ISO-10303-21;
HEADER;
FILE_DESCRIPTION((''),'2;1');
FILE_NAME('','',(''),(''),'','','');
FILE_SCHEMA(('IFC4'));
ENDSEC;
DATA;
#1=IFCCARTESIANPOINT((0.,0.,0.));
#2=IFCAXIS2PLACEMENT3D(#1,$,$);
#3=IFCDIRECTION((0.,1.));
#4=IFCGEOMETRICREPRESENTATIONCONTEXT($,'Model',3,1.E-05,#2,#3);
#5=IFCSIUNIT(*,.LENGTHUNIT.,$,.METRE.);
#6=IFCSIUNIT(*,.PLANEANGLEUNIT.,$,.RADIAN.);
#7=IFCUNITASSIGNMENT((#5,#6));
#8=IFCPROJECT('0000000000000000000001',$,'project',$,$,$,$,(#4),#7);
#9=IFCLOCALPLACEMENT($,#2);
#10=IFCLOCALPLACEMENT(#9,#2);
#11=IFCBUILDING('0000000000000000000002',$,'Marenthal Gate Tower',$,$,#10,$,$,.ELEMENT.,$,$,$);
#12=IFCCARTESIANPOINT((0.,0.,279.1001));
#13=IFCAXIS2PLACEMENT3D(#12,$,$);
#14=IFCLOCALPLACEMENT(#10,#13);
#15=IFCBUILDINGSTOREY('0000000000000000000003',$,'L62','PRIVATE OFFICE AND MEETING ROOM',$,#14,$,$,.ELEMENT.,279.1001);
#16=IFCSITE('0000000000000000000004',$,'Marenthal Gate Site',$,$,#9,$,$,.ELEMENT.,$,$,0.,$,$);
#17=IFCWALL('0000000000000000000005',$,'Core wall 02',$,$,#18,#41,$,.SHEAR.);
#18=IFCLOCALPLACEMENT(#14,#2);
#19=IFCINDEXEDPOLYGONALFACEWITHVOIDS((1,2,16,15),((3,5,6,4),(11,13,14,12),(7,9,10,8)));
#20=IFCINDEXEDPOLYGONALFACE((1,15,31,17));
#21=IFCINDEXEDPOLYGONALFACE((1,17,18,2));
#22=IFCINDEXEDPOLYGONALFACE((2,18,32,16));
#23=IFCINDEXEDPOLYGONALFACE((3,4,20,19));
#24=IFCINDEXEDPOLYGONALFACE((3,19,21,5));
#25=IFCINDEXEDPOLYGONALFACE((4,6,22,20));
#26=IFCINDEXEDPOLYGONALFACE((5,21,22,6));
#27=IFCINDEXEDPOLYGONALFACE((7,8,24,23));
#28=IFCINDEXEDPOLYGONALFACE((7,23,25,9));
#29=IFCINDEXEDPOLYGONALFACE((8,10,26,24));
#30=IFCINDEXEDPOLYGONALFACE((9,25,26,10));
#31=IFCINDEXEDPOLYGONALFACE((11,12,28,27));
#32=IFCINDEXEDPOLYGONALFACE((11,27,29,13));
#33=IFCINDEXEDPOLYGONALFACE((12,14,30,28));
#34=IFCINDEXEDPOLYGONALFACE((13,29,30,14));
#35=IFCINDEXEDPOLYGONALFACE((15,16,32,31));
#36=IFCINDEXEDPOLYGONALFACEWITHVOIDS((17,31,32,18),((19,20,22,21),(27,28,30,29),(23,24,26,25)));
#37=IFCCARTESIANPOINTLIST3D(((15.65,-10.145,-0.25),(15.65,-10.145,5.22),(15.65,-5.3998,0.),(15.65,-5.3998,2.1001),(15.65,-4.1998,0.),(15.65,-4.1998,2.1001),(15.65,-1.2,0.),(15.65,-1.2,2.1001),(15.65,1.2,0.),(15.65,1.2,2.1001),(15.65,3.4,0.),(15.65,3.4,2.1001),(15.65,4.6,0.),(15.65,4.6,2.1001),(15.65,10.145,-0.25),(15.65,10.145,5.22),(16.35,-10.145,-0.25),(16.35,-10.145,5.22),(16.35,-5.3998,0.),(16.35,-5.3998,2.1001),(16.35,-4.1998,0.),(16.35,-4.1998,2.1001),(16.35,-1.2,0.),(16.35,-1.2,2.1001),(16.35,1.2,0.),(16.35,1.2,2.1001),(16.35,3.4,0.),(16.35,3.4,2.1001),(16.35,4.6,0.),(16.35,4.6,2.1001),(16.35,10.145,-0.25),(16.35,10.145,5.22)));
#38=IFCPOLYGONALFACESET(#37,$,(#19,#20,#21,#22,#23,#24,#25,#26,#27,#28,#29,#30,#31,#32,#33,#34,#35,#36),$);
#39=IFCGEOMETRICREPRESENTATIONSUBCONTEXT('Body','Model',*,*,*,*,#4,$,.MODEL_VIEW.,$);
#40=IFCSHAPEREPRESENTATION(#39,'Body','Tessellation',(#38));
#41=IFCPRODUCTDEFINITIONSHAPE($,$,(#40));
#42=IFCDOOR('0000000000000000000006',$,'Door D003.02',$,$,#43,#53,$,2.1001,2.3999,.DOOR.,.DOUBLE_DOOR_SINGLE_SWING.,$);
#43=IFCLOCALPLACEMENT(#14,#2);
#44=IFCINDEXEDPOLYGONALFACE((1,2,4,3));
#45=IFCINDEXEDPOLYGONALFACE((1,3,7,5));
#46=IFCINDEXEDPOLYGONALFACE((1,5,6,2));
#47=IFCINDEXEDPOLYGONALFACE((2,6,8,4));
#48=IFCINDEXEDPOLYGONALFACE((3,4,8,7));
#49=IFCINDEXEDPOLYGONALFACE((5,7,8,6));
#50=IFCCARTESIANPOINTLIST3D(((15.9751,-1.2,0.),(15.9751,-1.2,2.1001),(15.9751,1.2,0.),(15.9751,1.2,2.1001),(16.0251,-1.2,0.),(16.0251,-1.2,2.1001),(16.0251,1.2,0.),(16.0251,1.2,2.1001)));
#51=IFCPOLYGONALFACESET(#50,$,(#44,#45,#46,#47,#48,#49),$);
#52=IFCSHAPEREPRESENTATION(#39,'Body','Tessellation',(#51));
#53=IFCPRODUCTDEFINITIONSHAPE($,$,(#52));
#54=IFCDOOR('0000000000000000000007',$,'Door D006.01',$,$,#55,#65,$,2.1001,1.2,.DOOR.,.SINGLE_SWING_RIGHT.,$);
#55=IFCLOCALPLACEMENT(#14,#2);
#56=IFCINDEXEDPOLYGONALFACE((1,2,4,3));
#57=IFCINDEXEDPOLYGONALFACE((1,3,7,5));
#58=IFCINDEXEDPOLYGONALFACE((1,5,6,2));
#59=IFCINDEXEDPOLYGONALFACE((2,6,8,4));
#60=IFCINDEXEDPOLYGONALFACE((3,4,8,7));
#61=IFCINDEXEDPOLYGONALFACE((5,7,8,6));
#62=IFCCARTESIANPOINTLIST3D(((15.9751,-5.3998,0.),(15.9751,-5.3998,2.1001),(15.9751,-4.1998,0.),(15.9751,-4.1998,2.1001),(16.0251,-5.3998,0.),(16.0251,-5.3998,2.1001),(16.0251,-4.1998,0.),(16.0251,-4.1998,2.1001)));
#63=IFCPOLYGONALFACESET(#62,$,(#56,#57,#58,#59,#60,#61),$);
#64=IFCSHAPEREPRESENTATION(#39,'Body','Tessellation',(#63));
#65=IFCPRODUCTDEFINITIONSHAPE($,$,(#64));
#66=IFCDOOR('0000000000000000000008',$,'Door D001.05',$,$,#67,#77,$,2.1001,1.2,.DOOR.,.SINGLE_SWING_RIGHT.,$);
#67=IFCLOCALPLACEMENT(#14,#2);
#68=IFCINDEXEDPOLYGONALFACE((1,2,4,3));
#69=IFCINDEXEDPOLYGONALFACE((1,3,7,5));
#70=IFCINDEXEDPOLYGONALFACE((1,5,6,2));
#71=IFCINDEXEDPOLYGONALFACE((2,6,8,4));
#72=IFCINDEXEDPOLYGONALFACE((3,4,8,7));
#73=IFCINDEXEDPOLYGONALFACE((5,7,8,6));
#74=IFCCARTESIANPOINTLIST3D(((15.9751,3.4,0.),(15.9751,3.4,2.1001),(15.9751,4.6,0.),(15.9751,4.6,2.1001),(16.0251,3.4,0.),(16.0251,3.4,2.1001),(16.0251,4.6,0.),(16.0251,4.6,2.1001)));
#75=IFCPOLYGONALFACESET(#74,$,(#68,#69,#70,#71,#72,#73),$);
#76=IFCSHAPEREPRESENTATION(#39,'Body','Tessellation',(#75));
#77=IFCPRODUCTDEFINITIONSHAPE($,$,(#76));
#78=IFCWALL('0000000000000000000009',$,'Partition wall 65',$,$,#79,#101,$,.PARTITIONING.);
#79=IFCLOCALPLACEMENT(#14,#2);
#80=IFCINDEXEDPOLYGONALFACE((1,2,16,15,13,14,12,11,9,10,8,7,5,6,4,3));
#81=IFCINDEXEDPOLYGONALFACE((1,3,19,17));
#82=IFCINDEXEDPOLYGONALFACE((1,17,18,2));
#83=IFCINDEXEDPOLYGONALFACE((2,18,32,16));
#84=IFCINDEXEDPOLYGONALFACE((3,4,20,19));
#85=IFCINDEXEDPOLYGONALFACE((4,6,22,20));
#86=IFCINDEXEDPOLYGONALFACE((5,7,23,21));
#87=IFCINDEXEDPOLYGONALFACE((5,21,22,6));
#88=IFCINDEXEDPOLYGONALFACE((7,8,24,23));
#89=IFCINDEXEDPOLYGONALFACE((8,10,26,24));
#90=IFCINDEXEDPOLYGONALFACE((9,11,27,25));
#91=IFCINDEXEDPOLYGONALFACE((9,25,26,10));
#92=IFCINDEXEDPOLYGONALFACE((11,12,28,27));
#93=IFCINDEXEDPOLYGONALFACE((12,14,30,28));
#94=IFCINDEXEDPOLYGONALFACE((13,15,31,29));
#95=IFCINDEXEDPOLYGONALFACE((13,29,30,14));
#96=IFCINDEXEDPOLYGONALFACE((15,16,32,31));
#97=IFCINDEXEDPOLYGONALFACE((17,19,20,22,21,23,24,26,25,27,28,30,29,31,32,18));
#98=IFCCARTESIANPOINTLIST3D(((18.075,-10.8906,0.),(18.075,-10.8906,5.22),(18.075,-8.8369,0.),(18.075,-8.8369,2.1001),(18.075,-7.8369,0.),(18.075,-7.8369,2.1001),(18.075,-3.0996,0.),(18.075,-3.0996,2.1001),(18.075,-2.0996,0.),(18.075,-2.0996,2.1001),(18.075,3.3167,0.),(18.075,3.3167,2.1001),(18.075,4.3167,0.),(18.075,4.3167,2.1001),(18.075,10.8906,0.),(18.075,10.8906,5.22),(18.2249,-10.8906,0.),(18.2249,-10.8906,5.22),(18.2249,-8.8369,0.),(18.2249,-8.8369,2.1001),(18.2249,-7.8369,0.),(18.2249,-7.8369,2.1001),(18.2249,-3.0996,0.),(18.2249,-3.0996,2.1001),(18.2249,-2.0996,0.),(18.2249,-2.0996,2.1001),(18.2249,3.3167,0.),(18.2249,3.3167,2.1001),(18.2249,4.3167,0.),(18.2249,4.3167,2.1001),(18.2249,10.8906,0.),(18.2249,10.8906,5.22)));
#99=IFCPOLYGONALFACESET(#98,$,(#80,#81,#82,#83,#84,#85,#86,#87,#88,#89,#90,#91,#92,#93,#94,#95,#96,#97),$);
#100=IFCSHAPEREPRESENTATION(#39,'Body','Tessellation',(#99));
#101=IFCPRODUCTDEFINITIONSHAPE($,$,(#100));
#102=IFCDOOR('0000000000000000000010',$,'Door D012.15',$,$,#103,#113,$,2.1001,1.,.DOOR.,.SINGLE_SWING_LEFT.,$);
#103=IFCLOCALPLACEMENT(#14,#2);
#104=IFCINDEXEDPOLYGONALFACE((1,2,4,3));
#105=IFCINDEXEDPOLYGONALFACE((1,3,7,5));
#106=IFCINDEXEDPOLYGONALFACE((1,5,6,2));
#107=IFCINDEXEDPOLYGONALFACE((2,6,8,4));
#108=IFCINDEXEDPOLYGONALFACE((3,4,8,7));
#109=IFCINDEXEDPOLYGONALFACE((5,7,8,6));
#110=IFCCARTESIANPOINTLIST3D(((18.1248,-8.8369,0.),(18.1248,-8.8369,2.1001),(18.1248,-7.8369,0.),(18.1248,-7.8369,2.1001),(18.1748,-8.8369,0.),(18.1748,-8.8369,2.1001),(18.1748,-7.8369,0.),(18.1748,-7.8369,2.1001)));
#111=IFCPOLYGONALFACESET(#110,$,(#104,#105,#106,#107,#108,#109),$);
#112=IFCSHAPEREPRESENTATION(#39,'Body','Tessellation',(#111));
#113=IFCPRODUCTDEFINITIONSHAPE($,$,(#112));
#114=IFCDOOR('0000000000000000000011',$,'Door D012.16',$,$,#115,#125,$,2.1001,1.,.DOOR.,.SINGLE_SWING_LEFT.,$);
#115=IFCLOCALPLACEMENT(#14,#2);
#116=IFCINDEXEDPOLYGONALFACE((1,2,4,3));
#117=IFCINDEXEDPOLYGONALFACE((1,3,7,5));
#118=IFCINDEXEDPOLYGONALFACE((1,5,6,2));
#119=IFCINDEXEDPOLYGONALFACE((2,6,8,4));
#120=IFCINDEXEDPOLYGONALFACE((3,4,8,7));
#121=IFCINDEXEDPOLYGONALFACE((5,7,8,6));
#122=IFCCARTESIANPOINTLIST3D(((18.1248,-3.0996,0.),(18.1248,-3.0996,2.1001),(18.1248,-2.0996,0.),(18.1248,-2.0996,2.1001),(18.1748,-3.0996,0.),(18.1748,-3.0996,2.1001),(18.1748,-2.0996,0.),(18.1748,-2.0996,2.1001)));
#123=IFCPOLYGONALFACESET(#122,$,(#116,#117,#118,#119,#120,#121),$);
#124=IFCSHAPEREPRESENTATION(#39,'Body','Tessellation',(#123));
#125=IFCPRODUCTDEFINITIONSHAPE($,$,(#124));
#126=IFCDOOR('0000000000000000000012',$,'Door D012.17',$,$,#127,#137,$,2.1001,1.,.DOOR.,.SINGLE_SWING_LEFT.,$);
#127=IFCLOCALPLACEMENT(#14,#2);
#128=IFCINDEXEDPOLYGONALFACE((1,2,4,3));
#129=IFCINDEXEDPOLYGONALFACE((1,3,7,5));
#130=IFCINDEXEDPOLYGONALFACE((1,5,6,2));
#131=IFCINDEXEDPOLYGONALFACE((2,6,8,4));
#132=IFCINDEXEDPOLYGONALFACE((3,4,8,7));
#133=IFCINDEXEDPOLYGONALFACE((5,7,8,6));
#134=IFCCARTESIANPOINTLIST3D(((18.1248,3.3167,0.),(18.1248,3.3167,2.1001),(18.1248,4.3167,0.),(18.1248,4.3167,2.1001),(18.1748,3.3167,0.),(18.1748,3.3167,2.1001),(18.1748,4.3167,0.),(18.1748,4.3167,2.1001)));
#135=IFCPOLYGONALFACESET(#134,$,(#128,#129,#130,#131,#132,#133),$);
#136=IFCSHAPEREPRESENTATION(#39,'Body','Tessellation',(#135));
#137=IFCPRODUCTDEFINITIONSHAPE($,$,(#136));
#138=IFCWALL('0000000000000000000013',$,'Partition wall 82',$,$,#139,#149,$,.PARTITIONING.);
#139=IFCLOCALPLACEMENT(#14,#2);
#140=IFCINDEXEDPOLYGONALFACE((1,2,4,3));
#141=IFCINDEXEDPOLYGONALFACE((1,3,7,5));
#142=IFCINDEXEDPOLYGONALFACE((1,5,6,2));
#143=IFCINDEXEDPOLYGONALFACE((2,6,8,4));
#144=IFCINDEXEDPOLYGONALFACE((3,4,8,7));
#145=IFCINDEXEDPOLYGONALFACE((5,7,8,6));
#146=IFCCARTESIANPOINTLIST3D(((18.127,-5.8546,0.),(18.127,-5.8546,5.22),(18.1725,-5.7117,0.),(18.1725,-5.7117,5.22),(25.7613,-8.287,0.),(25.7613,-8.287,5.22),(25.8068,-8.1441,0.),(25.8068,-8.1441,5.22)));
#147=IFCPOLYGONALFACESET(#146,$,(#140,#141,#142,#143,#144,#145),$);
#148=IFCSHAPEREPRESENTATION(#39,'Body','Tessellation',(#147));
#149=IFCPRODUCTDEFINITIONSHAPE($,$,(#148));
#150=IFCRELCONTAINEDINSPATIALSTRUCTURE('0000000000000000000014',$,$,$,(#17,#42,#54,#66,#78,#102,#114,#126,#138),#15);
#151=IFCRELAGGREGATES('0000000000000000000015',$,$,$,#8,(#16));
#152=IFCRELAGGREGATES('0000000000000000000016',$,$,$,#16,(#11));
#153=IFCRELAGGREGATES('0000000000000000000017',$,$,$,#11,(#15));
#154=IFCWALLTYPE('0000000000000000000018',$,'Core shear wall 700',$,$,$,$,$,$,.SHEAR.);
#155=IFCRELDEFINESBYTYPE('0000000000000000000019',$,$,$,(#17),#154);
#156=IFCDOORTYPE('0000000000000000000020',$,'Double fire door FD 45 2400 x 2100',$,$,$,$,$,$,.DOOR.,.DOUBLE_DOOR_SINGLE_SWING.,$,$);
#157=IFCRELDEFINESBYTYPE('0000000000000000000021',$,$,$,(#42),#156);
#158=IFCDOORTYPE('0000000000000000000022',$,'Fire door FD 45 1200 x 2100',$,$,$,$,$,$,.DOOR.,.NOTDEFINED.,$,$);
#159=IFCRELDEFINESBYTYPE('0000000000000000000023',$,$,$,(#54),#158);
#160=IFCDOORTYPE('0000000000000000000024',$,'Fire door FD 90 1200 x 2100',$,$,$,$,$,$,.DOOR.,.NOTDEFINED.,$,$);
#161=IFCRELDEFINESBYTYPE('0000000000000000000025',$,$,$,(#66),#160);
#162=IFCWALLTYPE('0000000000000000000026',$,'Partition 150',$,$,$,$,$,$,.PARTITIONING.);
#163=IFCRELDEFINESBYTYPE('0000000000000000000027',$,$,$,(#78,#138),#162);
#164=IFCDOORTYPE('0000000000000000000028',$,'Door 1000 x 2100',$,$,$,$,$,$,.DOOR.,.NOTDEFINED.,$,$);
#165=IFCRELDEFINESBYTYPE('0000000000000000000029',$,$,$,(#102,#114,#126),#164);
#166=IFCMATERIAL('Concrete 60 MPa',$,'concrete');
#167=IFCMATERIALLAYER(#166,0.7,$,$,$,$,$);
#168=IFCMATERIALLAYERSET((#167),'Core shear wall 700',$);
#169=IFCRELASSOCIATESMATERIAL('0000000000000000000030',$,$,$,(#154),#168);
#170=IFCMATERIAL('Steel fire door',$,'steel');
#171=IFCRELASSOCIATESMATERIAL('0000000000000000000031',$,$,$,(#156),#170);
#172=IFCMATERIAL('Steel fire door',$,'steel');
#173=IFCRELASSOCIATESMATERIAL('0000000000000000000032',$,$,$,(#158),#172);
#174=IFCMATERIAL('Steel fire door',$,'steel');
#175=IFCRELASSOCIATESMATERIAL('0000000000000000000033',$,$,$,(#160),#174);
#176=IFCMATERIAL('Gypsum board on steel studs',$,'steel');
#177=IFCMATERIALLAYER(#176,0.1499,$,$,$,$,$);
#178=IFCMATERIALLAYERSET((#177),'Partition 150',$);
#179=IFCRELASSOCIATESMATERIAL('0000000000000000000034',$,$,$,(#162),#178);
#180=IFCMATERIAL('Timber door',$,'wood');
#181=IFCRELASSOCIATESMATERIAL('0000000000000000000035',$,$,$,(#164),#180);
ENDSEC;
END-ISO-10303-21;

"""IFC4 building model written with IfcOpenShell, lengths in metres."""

from ifc_helpers import new_model, si_unit, direction, frame, frame_2d, origin, place, context, subcontext, project, spatial, rectangle, extrude, material, layer, layer_set, type_object, element, fill, save


model = new_model("IFC4")

# Units and contexts
model_context = context("Model", 3, precision=1e-05, world=origin(), true_north=direction((0.0, 1.0)))
body_context = subcontext(model_context, "Body", "Model", "MODEL_VIEW")
ifc_project = project(units=[si_unit("LENGTHUNIT", "METRE"), si_unit("PLANEANGLEUNIT", "RADIAN")], contexts=[model_context])

# Site, building, storey
site_placement = place(None, origin())
site = spatial("IfcSite", under=ifc_project, at=site_placement, Name="Marenthal Gate Site", CompositionType="ELEMENT", RefElevation=0.0)
building_placement = place(site_placement, origin())
building = spatial("IfcBuilding", under=site, at=building_placement, Name="Marenthal Gate Tower", CompositionType="ELEMENT")
storey_placement = place(building_placement, frame((0.0, 0.0, 279.1001)))
storey = spatial("IfcBuildingStorey", under=building, at=storey_placement, Name="L62", Description="PRIVATE OFFICE AND MEETING ROOM", CompositionType="ELEMENT", Elevation=279.1001)

# Walls, openings, doors
ifc_material_1 = material(Name="Concrete 60 MPa", Category="concrete")
ifc_layer_1 = layer(ifc_material_1, 0.7)
ifc_layer_set_1 = layer_set([ifc_layer_1], Name="Core shear wall 700")
wall_type_1 = type_object("IfcWallType", Name="Core shear wall 700", PredefinedType="SHEAR", material=ifc_layer_set_1)
wall_1_placement = place(storey_placement, frame((16.0, -10.145, -0.25), z_axis=(0.0, 0.0, 1.0), x_axis=(0.0, 1.0, 0.0)))
wall_1 = element("IfcWall", 1, at=wall_1_placement, inside=storey, type_object=wall_type_1, Name="Core wall 02", PredefinedType="SHEAR", context=body_context, shape_type="SweptSolid", body=[
    extrude(rectangle(XDim=20.29, YDim=0.7, at=frame_2d((10.145, 0.0))), origin(), (0.0, 0.0, 1.0), 5.47),
])
opening_1_placement = place(wall_1_placement, frame((8.9451, 0.0, 0.25)))
opening_1 = element("IfcOpeningElement", 2, at=opening_1_placement, cuts=wall_1, PredefinedType="OPENING", context=body_context, shape_type="SweptSolid", body=[
    extrude(rectangle(XDim=2.3999, YDim=2.1001, at=frame_2d((1.2, 1.05))), frame((0.0, 0.3599, 0.0), z_axis=(0.0, -1.0, 0.0), x_axis=(1.0, 0.0, 0.0)), (0.0, 0.0, 1.0), 0.72),
])
opening_2_placement = place(wall_1_placement, frame((13.5449, 0.0, 0.25)))
opening_2 = element("IfcOpeningElement", 3, at=opening_2_placement, cuts=wall_1, PredefinedType="OPENING", context=body_context, shape_type="SweptSolid", body=[
    extrude(rectangle(XDim=1.2, YDim=2.1001, at=frame_2d((0.6001, 1.05))), frame((0.0, 0.3599, 0.0), z_axis=(0.0, -1.0, 0.0), x_axis=(1.0, 0.0, 0.0)), (0.0, 0.0, 1.0), 0.72),
])
opening_3_placement = place(wall_1_placement, frame((4.7451, 0.0, 0.25)))
opening_3 = element("IfcOpeningElement", 4, at=opening_3_placement, cuts=wall_1, PredefinedType="OPENING", context=body_context, shape_type="SweptSolid", body=[
    extrude(rectangle(XDim=1.2, YDim=2.1001, at=frame_2d((0.6001, 1.05))), frame((0.0, 0.3599, 0.0), z_axis=(0.0, -1.0, 0.0), x_axis=(1.0, 0.0, 0.0)), (0.0, 0.0, 1.0), 0.72),
])
ifc_material_2 = material(Name="Steel fire door", Category="steel")
door_type_1 = type_object("IfcDoorType", Name="Double fire door FD 45 2400 x 2100", OperationType="DOUBLE_DOOR_SINGLE_SWING", PredefinedType="DOOR", material=ifc_material_2)
door_1_placement = place(opening_1_placement, origin())
door_1 = element("IfcDoor", 5, at=door_1_placement, inside=storey, type_object=door_type_1, Name="Door D003.02", OperationType="DOUBLE_DOOR_SINGLE_SWING", OverallHeight=2.1001, OverallWidth=2.3999, PredefinedType="DOOR", context=body_context, shape_type="SweptSolid", body=[
    extrude(rectangle(XDim=2.3999, YDim=2.1001, at=frame_2d((1.2, 1.05))), frame((0.0, 0.0249, 0.0), z_axis=(0.0, -1.0, 0.0), x_axis=(1.0, 0.0, 0.0)), (0.0, 0.0, 1.0), 0.05),
])
fill(opening_1, door_1)
ifc_material_3 = material(Name="Steel fire door", Category="steel")
door_type_2 = type_object("IfcDoorType", Name="Fire door FD 45 1200 x 2100", OperationType="NOTDEFINED", PredefinedType="DOOR", material=ifc_material_3)
door_2_placement = place(opening_3_placement, origin())
door_2 = element("IfcDoor", 6, at=door_2_placement, inside=storey, type_object=door_type_2, Name="Door D006.01", OperationType="SINGLE_SWING_RIGHT", OverallHeight=2.1001, OverallWidth=1.2, PredefinedType="DOOR", context=body_context, shape_type="SweptSolid", body=[
    extrude(rectangle(XDim=1.2, YDim=2.1001, at=frame_2d((0.6001, 1.05))), frame((0.0, 0.0249, 0.0), z_axis=(0.0, -1.0, 0.0), x_axis=(1.0, 0.0, 0.0)), (0.0, 0.0, 1.0), 0.05),
])
fill(opening_3, door_2)
ifc_material_4 = material(Name="Steel fire door", Category="steel")
door_type_3 = type_object("IfcDoorType", Name="Fire door FD 90 1200 x 2100", OperationType="NOTDEFINED", PredefinedType="DOOR", material=ifc_material_4)
door_3_placement = place(opening_2_placement, origin())
door_3 = element("IfcDoor", 7, at=door_3_placement, inside=storey, type_object=door_type_3, Name="Door D001.05", OperationType="SINGLE_SWING_RIGHT", OverallHeight=2.1001, OverallWidth=1.2, PredefinedType="DOOR", context=body_context, shape_type="SweptSolid", body=[
    extrude(rectangle(XDim=1.2, YDim=2.1001, at=frame_2d((0.6001, 1.05))), frame((0.0, 0.0249, 0.0), z_axis=(0.0, -1.0, 0.0), x_axis=(1.0, 0.0, 0.0)), (0.0, 0.0, 1.0), 0.05),
])
fill(opening_2, door_3)
ifc_material_5 = material(Name="Gypsum board on steel studs", Category="steel")
ifc_layer_2 = layer(ifc_material_5, 0.1499)
ifc_layer_set_2 = layer_set([ifc_layer_2], Name="Partition 150")
wall_type_2 = type_object("IfcWallType", Name="Partition 150", PredefinedType="PARTITIONING", material=ifc_layer_set_2)
wall_2_placement = place(storey_placement, frame((18.1499, -10.8906, 0.0), z_axis=(0.0, 0.0, 1.0), x_axis=(0.0, 1.0, 0.0)))
wall_2 = element("IfcWall", 8, at=wall_2_placement, inside=storey, type_object=wall_type_2, Name="Partition wall 65", PredefinedType="PARTITIONING", context=body_context, shape_type="SweptSolid", body=[
    extrude(rectangle(XDim=21.7812, YDim=0.1499, at=frame_2d((10.8906, 0.0))), origin(), (0.0, 0.0, 1.0), 5.22),
])
opening_4_placement = place(wall_2_placement, frame((2.0537, 0.0, 0.0)))
opening_4 = element("IfcOpeningElement", 9, at=opening_4_placement, cuts=wall_2, PredefinedType="OPENING", context=body_context, shape_type="SweptSolid", body=[
    extrude(rectangle(XDim=1.0, YDim=2.1001, at=frame_2d((0.5, 1.05))), frame((0.0, 0.085, 0.0), z_axis=(0.0, -1.0, 0.0), x_axis=(1.0, 0.0, 0.0)), (0.0, 0.0, 1.0), 0.1699),
])
opening_5_placement = place(wall_2_placement, frame((7.791, 0.0, 0.0)))
opening_5 = element("IfcOpeningElement", 10, at=opening_5_placement, cuts=wall_2, PredefinedType="OPENING", context=body_context, shape_type="SweptSolid", body=[
    extrude(rectangle(XDim=1.0, YDim=2.1001, at=frame_2d((0.5, 1.05))), frame((0.0, 0.085, 0.0), z_axis=(0.0, -1.0, 0.0), x_axis=(1.0, 0.0, 0.0)), (0.0, 0.0, 1.0), 0.1699),
])
opening_6_placement = place(wall_2_placement, frame((14.2073, 0.0, 0.0)))
opening_6 = element("IfcOpeningElement", 11, at=opening_6_placement, cuts=wall_2, PredefinedType="OPENING", context=body_context, shape_type="SweptSolid", body=[
    extrude(rectangle(XDim=1.0, YDim=2.1001, at=frame_2d((0.5, 1.05))), frame((0.0, 0.085, 0.0), z_axis=(0.0, -1.0, 0.0), x_axis=(1.0, 0.0, 0.0)), (0.0, 0.0, 1.0), 0.1699),
])
ifc_material_6 = material(Name="Timber door", Category="wood")
door_type_4 = type_object("IfcDoorType", Name="Door 1000 x 2100", OperationType="NOTDEFINED", PredefinedType="DOOR", material=ifc_material_6)
door_4_placement = place(opening_4_placement, frame((1.0, 0.0, 0.0), z_axis=(0.0, 0.0, 1.0), x_axis=(-1.0, 0.0, 0.0)))
door_4 = element("IfcDoor", 12, at=door_4_placement, inside=storey, type_object=door_type_4, Name="Door D012.15", OperationType="SINGLE_SWING_LEFT", OverallHeight=2.1001, OverallWidth=1.0, PredefinedType="DOOR", context=body_context, shape_type="SweptSolid", body=[
    extrude(rectangle(XDim=1.0, YDim=2.1001, at=frame_2d((0.5, 1.05))), frame((0.0, 0.0249, 0.0), z_axis=(0.0, -1.0, 0.0), x_axis=(1.0, 0.0, 0.0)), (0.0, 0.0, 1.0), 0.05),
])
fill(opening_4, door_4)
door_5_placement = place(opening_5_placement, frame((1.0, 0.0, 0.0), z_axis=(0.0, 0.0, 1.0), x_axis=(-1.0, 0.0, 0.0)))
door_5 = element("IfcDoor", 13, at=door_5_placement, inside=storey, type_object=door_type_4, Name="Door D012.16", OperationType="SINGLE_SWING_LEFT", OverallHeight=2.1001, OverallWidth=1.0, PredefinedType="DOOR", context=body_context, shape_type="SweptSolid", body=[
    extrude(rectangle(XDim=1.0, YDim=2.1001, at=frame_2d((0.5, 1.05))), frame((0.0, 0.0249, 0.0), z_axis=(0.0, -1.0, 0.0), x_axis=(1.0, 0.0, 0.0)), (0.0, 0.0, 1.0), 0.05),
])
fill(opening_5, door_5)
door_6_placement = place(opening_6_placement, frame((1.0, 0.0, 0.0), z_axis=(0.0, 0.0, 1.0), x_axis=(-1.0, 0.0, 0.0)))
door_6 = element("IfcDoor", 14, at=door_6_placement, inside=storey, type_object=door_type_4, Name="Door D012.17", OperationType="SINGLE_SWING_LEFT", OverallHeight=2.1001, OverallWidth=1.0, PredefinedType="DOOR", context=body_context, shape_type="SweptSolid", body=[
    extrude(rectangle(XDim=1.0, YDim=2.1001, at=frame_2d((0.5, 1.05))), frame((0.0, 0.0249, 0.0), z_axis=(0.0, -1.0, 0.0), x_axis=(1.0, 0.0, 0.0)), (0.0, 0.0, 1.0), 0.05),
])
fill(opening_6, door_6)

# Wall
wall_3_placement = place(storey_placement, frame((25.7842, -8.2156, 0.0), z_axis=(0.0, 0.0, 1.0), x_axis=(-0.952807, 0.303576, 0.0)))
element("IfcWall", 15, at=wall_3_placement, inside=storey, type_object=wall_type_2, Name="Partition wall 82", PredefinedType="PARTITIONING", context=body_context, shape_type="SweptSolid", body=[
    extrude(rectangle(XDim=8.0125, YDim=0.1499, at=frame_2d((4.0063, 0.0))), origin(), (0.0, 0.0, 1.0), 5.22),
])

save(model, "model.ifc")
